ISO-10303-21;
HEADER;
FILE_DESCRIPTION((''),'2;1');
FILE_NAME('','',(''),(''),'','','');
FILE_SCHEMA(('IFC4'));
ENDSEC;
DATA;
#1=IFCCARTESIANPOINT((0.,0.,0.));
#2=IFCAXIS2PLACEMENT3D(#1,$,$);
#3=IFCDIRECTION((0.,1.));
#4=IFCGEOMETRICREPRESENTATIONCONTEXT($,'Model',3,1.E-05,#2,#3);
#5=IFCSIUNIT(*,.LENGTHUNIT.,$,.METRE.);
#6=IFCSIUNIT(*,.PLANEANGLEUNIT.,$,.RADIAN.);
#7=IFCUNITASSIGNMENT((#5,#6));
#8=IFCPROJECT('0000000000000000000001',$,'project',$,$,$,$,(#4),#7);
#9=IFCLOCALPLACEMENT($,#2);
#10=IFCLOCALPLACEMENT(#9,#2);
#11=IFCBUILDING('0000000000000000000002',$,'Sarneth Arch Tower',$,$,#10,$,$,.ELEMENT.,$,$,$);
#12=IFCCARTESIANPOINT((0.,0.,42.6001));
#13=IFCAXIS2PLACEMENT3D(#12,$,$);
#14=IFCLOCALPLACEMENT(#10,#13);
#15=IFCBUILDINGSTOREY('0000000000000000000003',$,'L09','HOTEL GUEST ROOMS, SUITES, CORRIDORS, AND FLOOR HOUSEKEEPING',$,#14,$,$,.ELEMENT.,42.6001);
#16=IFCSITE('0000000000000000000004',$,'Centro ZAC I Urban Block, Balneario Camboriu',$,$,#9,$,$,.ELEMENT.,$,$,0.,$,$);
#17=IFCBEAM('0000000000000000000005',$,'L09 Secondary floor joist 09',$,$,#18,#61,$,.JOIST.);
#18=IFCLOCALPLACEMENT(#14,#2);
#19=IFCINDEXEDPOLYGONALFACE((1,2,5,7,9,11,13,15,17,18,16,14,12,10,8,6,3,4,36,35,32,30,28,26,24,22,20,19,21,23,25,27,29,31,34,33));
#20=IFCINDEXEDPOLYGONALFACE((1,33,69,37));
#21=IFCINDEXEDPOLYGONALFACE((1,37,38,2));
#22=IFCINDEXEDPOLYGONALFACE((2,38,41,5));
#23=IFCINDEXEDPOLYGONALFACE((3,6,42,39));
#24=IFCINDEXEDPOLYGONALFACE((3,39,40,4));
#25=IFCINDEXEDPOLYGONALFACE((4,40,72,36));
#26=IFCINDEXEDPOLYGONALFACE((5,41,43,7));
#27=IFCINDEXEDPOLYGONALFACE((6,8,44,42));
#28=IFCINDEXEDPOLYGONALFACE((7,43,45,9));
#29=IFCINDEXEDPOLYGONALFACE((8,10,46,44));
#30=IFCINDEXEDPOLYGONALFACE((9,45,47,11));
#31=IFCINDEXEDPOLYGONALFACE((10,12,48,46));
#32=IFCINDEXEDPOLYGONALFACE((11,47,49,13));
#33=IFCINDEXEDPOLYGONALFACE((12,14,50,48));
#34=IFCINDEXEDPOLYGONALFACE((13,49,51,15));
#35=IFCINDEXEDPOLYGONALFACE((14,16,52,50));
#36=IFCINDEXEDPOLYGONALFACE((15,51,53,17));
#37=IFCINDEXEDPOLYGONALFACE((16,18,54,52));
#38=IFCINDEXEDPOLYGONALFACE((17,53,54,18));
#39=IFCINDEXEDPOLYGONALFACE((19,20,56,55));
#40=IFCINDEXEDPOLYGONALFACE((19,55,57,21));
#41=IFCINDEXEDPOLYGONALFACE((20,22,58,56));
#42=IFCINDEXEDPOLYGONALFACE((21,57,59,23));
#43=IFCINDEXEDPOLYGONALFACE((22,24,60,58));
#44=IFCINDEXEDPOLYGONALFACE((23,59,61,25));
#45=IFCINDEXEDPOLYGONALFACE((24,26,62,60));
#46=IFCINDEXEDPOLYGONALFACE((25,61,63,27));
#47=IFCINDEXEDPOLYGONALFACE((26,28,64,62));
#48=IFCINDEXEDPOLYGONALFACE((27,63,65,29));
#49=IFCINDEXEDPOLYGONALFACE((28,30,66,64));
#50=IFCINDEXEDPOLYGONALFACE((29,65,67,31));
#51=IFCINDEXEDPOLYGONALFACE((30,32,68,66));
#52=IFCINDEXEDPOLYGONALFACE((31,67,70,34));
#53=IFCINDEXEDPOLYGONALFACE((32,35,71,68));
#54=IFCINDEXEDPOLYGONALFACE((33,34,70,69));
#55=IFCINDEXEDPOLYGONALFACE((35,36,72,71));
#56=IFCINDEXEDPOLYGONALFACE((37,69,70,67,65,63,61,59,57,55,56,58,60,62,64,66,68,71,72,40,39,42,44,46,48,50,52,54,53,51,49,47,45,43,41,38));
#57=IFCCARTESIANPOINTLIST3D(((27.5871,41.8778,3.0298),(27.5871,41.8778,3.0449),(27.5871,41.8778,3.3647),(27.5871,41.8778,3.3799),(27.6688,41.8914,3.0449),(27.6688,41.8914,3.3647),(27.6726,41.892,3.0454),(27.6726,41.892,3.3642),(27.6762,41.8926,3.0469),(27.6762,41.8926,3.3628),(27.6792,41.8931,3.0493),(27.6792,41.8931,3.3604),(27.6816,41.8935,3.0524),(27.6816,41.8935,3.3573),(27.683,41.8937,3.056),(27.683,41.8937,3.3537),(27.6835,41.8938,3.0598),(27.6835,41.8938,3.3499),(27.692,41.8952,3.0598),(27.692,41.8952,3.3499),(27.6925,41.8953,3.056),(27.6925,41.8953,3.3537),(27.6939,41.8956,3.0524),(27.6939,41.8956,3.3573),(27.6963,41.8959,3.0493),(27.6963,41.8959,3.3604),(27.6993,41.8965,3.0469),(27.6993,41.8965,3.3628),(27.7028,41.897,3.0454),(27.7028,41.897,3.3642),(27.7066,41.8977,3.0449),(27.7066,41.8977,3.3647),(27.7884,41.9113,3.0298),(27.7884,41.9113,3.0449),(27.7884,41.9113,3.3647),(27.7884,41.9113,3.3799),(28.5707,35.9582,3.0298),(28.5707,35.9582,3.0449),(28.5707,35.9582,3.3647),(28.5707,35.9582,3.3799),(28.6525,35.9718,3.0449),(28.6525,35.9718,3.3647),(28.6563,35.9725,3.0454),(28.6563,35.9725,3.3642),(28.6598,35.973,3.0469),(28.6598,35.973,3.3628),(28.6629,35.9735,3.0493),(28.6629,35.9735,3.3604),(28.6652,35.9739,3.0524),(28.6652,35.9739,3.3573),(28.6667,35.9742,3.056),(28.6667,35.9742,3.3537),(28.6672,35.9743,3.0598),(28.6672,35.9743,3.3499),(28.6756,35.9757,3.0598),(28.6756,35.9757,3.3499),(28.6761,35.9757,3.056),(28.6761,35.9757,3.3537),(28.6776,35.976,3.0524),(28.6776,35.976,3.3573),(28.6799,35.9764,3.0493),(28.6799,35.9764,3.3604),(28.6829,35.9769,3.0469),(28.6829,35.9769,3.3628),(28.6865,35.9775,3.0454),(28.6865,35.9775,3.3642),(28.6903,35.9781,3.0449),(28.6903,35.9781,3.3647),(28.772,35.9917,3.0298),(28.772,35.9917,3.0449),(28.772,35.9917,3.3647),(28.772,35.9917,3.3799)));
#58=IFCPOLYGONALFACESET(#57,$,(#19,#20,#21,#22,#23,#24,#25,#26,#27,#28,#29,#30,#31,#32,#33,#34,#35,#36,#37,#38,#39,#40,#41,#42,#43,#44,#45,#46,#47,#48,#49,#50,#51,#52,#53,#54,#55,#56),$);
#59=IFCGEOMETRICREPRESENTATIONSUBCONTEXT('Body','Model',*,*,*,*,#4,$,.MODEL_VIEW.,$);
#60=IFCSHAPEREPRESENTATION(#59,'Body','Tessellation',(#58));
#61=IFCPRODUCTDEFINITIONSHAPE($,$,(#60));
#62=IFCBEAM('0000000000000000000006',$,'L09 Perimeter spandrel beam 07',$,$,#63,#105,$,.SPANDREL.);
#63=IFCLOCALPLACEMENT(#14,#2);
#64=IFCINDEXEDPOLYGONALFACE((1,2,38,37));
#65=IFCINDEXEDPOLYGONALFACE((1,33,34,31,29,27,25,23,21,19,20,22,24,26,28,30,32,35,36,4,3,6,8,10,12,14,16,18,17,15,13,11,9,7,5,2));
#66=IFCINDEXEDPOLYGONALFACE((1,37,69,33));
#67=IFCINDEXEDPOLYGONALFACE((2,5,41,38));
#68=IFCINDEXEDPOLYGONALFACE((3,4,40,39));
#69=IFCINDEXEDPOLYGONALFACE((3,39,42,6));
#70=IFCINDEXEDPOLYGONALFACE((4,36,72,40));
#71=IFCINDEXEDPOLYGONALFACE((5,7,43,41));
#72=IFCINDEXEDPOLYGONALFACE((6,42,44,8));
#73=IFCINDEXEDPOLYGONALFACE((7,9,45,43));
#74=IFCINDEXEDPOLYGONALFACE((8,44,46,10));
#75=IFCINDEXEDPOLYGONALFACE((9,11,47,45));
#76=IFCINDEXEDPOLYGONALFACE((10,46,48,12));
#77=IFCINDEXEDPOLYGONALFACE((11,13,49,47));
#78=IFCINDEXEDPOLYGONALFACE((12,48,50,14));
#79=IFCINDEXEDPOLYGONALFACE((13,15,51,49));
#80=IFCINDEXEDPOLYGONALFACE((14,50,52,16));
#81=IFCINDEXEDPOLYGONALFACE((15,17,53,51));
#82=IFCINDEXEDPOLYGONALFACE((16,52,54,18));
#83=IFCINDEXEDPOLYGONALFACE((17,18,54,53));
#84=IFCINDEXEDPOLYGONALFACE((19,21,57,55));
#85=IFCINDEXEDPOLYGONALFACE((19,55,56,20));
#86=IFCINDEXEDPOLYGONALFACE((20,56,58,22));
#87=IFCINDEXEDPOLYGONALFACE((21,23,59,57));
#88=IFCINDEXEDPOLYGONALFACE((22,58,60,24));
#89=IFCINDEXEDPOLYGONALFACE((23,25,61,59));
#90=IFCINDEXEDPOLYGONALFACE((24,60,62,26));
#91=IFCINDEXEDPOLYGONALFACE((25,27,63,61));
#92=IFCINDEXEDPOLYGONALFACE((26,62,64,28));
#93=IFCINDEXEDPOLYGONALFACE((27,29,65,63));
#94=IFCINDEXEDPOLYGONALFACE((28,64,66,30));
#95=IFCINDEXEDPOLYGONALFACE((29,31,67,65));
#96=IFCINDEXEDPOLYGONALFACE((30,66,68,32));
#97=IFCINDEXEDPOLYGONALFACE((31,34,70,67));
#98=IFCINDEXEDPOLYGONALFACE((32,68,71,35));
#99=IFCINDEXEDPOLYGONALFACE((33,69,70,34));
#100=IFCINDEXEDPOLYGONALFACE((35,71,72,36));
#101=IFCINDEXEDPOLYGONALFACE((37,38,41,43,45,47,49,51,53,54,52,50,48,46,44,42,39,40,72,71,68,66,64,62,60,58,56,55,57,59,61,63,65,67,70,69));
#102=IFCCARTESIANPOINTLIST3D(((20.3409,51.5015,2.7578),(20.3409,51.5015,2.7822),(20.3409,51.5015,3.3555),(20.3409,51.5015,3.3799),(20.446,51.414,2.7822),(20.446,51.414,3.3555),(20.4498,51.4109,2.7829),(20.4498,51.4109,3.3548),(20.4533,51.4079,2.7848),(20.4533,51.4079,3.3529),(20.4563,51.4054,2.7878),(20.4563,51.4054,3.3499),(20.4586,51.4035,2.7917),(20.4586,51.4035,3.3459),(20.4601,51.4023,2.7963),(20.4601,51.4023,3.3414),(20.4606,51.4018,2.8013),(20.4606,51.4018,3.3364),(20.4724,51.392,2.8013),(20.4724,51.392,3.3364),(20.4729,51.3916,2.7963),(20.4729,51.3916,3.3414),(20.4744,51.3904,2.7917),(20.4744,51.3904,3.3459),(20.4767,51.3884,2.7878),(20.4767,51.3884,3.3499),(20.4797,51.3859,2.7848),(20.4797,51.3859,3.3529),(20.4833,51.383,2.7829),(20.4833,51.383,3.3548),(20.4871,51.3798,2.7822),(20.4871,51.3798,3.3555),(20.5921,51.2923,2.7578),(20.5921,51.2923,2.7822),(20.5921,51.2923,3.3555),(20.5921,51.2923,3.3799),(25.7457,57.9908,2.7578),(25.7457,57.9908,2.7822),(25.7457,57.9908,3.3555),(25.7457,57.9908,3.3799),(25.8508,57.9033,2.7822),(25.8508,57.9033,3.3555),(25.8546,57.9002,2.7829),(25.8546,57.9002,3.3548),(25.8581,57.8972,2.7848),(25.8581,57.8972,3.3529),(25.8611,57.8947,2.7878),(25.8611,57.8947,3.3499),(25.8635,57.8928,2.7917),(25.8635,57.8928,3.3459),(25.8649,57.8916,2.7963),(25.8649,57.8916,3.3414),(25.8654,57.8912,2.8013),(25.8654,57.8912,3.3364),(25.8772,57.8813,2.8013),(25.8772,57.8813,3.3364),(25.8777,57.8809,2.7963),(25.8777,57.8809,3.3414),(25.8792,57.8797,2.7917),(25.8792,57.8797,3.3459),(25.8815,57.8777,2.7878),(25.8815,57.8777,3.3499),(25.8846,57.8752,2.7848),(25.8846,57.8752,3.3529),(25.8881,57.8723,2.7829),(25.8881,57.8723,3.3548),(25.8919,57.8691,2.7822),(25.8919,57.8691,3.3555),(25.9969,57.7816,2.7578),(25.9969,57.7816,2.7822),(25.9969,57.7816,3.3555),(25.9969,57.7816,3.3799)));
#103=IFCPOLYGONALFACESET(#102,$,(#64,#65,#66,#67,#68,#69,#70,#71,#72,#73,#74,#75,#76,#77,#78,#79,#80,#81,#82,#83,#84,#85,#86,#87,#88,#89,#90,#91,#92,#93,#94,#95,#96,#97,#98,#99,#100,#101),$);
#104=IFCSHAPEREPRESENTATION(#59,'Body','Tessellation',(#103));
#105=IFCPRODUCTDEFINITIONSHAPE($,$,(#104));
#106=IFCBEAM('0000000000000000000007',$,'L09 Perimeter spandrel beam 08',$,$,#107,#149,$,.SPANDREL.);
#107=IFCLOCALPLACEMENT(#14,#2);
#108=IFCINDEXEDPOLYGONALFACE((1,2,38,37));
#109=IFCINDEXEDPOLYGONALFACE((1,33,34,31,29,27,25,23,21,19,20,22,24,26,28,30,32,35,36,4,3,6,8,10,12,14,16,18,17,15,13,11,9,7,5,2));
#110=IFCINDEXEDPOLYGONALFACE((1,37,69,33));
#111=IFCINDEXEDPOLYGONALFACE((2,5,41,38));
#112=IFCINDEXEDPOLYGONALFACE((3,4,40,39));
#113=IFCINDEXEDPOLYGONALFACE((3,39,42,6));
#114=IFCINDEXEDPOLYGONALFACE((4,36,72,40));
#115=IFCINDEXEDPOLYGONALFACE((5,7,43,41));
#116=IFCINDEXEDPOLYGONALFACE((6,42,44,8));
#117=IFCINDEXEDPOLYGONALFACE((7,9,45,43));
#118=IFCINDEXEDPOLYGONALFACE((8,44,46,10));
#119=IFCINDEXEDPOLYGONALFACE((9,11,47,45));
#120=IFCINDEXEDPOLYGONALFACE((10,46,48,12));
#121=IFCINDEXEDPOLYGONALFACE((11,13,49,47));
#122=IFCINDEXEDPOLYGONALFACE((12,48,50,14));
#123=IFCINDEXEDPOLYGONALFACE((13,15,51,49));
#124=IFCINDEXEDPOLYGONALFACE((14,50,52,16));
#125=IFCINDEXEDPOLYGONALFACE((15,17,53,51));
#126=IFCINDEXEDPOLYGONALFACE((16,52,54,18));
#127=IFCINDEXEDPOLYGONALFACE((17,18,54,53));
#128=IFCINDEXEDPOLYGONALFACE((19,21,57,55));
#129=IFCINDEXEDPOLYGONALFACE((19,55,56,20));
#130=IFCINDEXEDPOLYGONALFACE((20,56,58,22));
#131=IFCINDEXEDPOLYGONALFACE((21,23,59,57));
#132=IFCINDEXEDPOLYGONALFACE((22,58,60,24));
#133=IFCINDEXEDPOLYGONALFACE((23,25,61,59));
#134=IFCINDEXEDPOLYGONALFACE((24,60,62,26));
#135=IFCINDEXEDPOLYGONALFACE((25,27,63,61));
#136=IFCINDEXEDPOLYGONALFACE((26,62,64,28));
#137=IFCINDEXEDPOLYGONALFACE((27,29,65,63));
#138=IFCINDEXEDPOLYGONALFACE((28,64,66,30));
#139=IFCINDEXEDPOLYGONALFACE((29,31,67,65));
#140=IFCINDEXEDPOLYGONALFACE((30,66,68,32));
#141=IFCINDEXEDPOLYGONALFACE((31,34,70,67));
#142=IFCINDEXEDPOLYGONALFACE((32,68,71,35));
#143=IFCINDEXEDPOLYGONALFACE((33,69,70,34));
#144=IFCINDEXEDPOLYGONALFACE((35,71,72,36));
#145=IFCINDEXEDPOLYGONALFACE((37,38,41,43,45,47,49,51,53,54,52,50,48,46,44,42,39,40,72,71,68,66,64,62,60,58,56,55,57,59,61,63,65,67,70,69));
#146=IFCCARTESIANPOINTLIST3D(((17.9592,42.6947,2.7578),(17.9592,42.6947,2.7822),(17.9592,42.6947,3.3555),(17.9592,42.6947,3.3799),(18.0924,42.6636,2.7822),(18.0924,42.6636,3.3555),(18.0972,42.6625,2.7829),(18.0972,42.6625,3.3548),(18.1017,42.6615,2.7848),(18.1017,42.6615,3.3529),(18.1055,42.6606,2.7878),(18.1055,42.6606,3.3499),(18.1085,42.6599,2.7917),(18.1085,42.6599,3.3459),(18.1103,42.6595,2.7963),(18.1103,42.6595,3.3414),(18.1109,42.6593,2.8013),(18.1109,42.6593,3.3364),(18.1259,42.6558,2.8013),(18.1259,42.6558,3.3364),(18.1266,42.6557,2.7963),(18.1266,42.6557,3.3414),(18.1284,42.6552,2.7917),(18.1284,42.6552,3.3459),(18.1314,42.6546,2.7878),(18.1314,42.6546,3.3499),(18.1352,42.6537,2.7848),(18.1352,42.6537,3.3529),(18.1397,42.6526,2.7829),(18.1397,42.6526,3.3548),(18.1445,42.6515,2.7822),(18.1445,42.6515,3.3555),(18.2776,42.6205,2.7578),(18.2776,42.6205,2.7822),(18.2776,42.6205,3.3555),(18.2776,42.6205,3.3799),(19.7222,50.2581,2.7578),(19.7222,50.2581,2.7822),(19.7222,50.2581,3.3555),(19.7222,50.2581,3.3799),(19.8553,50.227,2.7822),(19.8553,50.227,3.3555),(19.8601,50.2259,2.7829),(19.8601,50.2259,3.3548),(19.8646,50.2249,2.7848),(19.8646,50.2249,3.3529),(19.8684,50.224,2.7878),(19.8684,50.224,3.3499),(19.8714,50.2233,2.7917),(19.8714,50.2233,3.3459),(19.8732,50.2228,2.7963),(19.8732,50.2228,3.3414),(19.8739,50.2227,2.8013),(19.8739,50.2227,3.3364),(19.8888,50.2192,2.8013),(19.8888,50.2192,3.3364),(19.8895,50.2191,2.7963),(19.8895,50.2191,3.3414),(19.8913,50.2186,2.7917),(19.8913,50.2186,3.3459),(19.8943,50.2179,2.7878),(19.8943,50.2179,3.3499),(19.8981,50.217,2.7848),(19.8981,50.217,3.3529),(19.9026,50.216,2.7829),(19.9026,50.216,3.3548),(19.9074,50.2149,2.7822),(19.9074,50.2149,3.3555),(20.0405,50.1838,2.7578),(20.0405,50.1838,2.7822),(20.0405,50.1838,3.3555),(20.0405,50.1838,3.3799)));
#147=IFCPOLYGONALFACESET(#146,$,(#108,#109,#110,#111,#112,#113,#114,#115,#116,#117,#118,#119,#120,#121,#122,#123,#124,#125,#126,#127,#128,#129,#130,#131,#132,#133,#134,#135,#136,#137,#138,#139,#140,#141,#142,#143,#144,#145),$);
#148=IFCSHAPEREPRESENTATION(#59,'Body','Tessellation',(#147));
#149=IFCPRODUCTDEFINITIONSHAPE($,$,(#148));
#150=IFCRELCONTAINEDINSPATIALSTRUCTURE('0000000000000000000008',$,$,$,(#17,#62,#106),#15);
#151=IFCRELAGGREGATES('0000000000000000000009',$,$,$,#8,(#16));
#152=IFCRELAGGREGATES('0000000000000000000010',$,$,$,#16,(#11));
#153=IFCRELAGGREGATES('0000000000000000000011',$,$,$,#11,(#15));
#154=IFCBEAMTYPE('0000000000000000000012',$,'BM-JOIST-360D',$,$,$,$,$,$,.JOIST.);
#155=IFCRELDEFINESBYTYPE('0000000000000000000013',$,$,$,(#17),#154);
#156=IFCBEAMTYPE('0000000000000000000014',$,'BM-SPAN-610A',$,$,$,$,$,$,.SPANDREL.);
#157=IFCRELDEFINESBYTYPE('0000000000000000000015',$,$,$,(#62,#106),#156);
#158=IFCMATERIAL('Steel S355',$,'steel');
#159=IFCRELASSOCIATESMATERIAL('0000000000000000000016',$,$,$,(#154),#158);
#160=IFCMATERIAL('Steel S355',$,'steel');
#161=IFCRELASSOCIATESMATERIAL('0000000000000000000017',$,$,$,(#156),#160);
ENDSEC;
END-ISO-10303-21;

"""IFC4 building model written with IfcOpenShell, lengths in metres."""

from ifc_helpers import new_model, si_unit, direction, frame, origin, origin_2d, place, context, subcontext, project, spatial, i_section, extrude, material, material_profile, profile_set, type_object, element, save


model = new_model("IFC4")

# Units and contexts
model_context = context("Model", 3, precision=1e-05, world=origin(), true_north=direction((0.0, 1.0)))
body_context = subcontext(model_context, "Body", "Model", "MODEL_VIEW")
ifc_project = project(units=[si_unit("LENGTHUNIT", "METRE"), si_unit("PLANEANGLEUNIT", "RADIAN")], contexts=[model_context])

# Site, building, storey
site_placement = place(None, origin())
site = spatial("IfcSite", under=ifc_project, at=site_placement, Name="Centro ZAC I Urban Block, Balneario Camboriu", CompositionType="ELEMENT", RefElevation=0.0)
building_placement = place(site_placement, origin())
building = spatial("IfcBuilding", under=site, at=building_placement, Name="Sarneth Arch Tower", CompositionType="ELEMENT")
storey_placement = place(building_placement, frame((0.0, 0.0, 42.6001)))
storey = spatial("IfcBuildingStorey", under=building, at=storey_placement, Name="L09", Description="HOTEL GUEST ROOMS, SUITES, CORRIDORS, AND FLOOR HOUSEKEEPING", CompositionType="ELEMENT", Elevation=42.6001)

# Beams
ifc_material_1 = material(Name="Steel S355", Category="steel")
ifc_material_profile_1 = material_profile(ifc_material_1, i_section(OverallWidth=0.2041, OverallDepth=0.3501, WebThickness=0.0085, FlangeThickness=0.0151, FilletRadius=0.0149, at=origin_2d()), Name="W360x72")
ifc_profile_set_1 = profile_set([ifc_material_profile_1], Name="Steel S355")
beam_type_1 = type_object("IfcBeamType", Name="BM-JOIST-360D", PredefinedType="JOIST", material=ifc_profile_set_1)
for number, where, z_axis, x_axis, name in (
    (1, (27.6877, 41.8945, 3.2048), (0.163917, -0.986474, 0.0), (0.986474, 0.163917, 0.0), "L09 Secondary floor joist 09"),
):
    element("IfcBeam", number, at=place(storey_placement, frame(where, z_axis=z_axis, x_axis=x_axis)), inside=storey, type_object=beam_type_1, Name=name, PredefinedType="JOIST", context=body_context, shape_type="SweptSolid", body=[
        extrude(i_section(OverallWidth=0.2041, OverallDepth=0.3501, WebThickness=0.0085, FlangeThickness=0.0151, FilletRadius=0.0149, at=origin_2d()), origin(), (0.0, 0.0, 1.0), 6.0007),
    ])
ifc_material_2 = material(Name="Steel S355", Category="steel")
ifc_material_profile_2 = material_profile(ifc_material_2, i_section(OverallWidth=0.3269, OverallDepth=0.6221, WebThickness=0.0154, FlangeThickness=0.0244, FilletRadius=0.019, at=origin_2d()), Name="W610x195")
ifc_profile_set_2 = profile_set([ifc_material_profile_2], Name="Steel S355")
beam_type_2 = type_object("IfcBeamType", Name="BM-SPAN-610A", PredefinedType="SPANDREL", material=ifc_profile_set_2)
beam_1_placement = place(storey_placement, frame((25.8713, 57.8862, 3.0688), z_axis=(-0.63998, -0.768392, 0.0), x_axis=(0.768392, -0.63998, 0.0)))
element("IfcBeam", 2, at=beam_1_placement, inside=storey, type_object=beam_type_2, Name="L09 Perimeter spandrel beam 07", PredefinedType="SPANDREL", context=body_context, shape_type="SweptSolid", body=[
    extrude(i_section(OverallWidth=0.3269, OverallDepth=0.6221, WebThickness=0.0154, FlangeThickness=0.0244, FilletRadius=0.019, at=origin_2d()), origin(), (0.0, 0.0, 1.0), 8.4453),
])
beam_2_placement = place(storey_placement, frame((19.8813, 50.2209, 3.0688), z_axis=(-0.227001, -0.973895, 0.0), x_axis=(0.973895, -0.227001, 0.0)))
element("IfcBeam", 3, at=beam_2_placement, inside=storey, type_object=beam_type_2, Name="L09 Perimeter spandrel beam 08", PredefinedType="SPANDREL", context=body_context, shape_type="SweptSolid", body=[
    extrude(i_section(OverallWidth=0.3269, OverallDepth=0.6221, WebThickness=0.0154, FlangeThickness=0.0244, FilletRadius=0.019, at=origin_2d()), origin(), (0.0, 0.0, 1.0), 7.7661),
])

save(model, "model.ifc")
